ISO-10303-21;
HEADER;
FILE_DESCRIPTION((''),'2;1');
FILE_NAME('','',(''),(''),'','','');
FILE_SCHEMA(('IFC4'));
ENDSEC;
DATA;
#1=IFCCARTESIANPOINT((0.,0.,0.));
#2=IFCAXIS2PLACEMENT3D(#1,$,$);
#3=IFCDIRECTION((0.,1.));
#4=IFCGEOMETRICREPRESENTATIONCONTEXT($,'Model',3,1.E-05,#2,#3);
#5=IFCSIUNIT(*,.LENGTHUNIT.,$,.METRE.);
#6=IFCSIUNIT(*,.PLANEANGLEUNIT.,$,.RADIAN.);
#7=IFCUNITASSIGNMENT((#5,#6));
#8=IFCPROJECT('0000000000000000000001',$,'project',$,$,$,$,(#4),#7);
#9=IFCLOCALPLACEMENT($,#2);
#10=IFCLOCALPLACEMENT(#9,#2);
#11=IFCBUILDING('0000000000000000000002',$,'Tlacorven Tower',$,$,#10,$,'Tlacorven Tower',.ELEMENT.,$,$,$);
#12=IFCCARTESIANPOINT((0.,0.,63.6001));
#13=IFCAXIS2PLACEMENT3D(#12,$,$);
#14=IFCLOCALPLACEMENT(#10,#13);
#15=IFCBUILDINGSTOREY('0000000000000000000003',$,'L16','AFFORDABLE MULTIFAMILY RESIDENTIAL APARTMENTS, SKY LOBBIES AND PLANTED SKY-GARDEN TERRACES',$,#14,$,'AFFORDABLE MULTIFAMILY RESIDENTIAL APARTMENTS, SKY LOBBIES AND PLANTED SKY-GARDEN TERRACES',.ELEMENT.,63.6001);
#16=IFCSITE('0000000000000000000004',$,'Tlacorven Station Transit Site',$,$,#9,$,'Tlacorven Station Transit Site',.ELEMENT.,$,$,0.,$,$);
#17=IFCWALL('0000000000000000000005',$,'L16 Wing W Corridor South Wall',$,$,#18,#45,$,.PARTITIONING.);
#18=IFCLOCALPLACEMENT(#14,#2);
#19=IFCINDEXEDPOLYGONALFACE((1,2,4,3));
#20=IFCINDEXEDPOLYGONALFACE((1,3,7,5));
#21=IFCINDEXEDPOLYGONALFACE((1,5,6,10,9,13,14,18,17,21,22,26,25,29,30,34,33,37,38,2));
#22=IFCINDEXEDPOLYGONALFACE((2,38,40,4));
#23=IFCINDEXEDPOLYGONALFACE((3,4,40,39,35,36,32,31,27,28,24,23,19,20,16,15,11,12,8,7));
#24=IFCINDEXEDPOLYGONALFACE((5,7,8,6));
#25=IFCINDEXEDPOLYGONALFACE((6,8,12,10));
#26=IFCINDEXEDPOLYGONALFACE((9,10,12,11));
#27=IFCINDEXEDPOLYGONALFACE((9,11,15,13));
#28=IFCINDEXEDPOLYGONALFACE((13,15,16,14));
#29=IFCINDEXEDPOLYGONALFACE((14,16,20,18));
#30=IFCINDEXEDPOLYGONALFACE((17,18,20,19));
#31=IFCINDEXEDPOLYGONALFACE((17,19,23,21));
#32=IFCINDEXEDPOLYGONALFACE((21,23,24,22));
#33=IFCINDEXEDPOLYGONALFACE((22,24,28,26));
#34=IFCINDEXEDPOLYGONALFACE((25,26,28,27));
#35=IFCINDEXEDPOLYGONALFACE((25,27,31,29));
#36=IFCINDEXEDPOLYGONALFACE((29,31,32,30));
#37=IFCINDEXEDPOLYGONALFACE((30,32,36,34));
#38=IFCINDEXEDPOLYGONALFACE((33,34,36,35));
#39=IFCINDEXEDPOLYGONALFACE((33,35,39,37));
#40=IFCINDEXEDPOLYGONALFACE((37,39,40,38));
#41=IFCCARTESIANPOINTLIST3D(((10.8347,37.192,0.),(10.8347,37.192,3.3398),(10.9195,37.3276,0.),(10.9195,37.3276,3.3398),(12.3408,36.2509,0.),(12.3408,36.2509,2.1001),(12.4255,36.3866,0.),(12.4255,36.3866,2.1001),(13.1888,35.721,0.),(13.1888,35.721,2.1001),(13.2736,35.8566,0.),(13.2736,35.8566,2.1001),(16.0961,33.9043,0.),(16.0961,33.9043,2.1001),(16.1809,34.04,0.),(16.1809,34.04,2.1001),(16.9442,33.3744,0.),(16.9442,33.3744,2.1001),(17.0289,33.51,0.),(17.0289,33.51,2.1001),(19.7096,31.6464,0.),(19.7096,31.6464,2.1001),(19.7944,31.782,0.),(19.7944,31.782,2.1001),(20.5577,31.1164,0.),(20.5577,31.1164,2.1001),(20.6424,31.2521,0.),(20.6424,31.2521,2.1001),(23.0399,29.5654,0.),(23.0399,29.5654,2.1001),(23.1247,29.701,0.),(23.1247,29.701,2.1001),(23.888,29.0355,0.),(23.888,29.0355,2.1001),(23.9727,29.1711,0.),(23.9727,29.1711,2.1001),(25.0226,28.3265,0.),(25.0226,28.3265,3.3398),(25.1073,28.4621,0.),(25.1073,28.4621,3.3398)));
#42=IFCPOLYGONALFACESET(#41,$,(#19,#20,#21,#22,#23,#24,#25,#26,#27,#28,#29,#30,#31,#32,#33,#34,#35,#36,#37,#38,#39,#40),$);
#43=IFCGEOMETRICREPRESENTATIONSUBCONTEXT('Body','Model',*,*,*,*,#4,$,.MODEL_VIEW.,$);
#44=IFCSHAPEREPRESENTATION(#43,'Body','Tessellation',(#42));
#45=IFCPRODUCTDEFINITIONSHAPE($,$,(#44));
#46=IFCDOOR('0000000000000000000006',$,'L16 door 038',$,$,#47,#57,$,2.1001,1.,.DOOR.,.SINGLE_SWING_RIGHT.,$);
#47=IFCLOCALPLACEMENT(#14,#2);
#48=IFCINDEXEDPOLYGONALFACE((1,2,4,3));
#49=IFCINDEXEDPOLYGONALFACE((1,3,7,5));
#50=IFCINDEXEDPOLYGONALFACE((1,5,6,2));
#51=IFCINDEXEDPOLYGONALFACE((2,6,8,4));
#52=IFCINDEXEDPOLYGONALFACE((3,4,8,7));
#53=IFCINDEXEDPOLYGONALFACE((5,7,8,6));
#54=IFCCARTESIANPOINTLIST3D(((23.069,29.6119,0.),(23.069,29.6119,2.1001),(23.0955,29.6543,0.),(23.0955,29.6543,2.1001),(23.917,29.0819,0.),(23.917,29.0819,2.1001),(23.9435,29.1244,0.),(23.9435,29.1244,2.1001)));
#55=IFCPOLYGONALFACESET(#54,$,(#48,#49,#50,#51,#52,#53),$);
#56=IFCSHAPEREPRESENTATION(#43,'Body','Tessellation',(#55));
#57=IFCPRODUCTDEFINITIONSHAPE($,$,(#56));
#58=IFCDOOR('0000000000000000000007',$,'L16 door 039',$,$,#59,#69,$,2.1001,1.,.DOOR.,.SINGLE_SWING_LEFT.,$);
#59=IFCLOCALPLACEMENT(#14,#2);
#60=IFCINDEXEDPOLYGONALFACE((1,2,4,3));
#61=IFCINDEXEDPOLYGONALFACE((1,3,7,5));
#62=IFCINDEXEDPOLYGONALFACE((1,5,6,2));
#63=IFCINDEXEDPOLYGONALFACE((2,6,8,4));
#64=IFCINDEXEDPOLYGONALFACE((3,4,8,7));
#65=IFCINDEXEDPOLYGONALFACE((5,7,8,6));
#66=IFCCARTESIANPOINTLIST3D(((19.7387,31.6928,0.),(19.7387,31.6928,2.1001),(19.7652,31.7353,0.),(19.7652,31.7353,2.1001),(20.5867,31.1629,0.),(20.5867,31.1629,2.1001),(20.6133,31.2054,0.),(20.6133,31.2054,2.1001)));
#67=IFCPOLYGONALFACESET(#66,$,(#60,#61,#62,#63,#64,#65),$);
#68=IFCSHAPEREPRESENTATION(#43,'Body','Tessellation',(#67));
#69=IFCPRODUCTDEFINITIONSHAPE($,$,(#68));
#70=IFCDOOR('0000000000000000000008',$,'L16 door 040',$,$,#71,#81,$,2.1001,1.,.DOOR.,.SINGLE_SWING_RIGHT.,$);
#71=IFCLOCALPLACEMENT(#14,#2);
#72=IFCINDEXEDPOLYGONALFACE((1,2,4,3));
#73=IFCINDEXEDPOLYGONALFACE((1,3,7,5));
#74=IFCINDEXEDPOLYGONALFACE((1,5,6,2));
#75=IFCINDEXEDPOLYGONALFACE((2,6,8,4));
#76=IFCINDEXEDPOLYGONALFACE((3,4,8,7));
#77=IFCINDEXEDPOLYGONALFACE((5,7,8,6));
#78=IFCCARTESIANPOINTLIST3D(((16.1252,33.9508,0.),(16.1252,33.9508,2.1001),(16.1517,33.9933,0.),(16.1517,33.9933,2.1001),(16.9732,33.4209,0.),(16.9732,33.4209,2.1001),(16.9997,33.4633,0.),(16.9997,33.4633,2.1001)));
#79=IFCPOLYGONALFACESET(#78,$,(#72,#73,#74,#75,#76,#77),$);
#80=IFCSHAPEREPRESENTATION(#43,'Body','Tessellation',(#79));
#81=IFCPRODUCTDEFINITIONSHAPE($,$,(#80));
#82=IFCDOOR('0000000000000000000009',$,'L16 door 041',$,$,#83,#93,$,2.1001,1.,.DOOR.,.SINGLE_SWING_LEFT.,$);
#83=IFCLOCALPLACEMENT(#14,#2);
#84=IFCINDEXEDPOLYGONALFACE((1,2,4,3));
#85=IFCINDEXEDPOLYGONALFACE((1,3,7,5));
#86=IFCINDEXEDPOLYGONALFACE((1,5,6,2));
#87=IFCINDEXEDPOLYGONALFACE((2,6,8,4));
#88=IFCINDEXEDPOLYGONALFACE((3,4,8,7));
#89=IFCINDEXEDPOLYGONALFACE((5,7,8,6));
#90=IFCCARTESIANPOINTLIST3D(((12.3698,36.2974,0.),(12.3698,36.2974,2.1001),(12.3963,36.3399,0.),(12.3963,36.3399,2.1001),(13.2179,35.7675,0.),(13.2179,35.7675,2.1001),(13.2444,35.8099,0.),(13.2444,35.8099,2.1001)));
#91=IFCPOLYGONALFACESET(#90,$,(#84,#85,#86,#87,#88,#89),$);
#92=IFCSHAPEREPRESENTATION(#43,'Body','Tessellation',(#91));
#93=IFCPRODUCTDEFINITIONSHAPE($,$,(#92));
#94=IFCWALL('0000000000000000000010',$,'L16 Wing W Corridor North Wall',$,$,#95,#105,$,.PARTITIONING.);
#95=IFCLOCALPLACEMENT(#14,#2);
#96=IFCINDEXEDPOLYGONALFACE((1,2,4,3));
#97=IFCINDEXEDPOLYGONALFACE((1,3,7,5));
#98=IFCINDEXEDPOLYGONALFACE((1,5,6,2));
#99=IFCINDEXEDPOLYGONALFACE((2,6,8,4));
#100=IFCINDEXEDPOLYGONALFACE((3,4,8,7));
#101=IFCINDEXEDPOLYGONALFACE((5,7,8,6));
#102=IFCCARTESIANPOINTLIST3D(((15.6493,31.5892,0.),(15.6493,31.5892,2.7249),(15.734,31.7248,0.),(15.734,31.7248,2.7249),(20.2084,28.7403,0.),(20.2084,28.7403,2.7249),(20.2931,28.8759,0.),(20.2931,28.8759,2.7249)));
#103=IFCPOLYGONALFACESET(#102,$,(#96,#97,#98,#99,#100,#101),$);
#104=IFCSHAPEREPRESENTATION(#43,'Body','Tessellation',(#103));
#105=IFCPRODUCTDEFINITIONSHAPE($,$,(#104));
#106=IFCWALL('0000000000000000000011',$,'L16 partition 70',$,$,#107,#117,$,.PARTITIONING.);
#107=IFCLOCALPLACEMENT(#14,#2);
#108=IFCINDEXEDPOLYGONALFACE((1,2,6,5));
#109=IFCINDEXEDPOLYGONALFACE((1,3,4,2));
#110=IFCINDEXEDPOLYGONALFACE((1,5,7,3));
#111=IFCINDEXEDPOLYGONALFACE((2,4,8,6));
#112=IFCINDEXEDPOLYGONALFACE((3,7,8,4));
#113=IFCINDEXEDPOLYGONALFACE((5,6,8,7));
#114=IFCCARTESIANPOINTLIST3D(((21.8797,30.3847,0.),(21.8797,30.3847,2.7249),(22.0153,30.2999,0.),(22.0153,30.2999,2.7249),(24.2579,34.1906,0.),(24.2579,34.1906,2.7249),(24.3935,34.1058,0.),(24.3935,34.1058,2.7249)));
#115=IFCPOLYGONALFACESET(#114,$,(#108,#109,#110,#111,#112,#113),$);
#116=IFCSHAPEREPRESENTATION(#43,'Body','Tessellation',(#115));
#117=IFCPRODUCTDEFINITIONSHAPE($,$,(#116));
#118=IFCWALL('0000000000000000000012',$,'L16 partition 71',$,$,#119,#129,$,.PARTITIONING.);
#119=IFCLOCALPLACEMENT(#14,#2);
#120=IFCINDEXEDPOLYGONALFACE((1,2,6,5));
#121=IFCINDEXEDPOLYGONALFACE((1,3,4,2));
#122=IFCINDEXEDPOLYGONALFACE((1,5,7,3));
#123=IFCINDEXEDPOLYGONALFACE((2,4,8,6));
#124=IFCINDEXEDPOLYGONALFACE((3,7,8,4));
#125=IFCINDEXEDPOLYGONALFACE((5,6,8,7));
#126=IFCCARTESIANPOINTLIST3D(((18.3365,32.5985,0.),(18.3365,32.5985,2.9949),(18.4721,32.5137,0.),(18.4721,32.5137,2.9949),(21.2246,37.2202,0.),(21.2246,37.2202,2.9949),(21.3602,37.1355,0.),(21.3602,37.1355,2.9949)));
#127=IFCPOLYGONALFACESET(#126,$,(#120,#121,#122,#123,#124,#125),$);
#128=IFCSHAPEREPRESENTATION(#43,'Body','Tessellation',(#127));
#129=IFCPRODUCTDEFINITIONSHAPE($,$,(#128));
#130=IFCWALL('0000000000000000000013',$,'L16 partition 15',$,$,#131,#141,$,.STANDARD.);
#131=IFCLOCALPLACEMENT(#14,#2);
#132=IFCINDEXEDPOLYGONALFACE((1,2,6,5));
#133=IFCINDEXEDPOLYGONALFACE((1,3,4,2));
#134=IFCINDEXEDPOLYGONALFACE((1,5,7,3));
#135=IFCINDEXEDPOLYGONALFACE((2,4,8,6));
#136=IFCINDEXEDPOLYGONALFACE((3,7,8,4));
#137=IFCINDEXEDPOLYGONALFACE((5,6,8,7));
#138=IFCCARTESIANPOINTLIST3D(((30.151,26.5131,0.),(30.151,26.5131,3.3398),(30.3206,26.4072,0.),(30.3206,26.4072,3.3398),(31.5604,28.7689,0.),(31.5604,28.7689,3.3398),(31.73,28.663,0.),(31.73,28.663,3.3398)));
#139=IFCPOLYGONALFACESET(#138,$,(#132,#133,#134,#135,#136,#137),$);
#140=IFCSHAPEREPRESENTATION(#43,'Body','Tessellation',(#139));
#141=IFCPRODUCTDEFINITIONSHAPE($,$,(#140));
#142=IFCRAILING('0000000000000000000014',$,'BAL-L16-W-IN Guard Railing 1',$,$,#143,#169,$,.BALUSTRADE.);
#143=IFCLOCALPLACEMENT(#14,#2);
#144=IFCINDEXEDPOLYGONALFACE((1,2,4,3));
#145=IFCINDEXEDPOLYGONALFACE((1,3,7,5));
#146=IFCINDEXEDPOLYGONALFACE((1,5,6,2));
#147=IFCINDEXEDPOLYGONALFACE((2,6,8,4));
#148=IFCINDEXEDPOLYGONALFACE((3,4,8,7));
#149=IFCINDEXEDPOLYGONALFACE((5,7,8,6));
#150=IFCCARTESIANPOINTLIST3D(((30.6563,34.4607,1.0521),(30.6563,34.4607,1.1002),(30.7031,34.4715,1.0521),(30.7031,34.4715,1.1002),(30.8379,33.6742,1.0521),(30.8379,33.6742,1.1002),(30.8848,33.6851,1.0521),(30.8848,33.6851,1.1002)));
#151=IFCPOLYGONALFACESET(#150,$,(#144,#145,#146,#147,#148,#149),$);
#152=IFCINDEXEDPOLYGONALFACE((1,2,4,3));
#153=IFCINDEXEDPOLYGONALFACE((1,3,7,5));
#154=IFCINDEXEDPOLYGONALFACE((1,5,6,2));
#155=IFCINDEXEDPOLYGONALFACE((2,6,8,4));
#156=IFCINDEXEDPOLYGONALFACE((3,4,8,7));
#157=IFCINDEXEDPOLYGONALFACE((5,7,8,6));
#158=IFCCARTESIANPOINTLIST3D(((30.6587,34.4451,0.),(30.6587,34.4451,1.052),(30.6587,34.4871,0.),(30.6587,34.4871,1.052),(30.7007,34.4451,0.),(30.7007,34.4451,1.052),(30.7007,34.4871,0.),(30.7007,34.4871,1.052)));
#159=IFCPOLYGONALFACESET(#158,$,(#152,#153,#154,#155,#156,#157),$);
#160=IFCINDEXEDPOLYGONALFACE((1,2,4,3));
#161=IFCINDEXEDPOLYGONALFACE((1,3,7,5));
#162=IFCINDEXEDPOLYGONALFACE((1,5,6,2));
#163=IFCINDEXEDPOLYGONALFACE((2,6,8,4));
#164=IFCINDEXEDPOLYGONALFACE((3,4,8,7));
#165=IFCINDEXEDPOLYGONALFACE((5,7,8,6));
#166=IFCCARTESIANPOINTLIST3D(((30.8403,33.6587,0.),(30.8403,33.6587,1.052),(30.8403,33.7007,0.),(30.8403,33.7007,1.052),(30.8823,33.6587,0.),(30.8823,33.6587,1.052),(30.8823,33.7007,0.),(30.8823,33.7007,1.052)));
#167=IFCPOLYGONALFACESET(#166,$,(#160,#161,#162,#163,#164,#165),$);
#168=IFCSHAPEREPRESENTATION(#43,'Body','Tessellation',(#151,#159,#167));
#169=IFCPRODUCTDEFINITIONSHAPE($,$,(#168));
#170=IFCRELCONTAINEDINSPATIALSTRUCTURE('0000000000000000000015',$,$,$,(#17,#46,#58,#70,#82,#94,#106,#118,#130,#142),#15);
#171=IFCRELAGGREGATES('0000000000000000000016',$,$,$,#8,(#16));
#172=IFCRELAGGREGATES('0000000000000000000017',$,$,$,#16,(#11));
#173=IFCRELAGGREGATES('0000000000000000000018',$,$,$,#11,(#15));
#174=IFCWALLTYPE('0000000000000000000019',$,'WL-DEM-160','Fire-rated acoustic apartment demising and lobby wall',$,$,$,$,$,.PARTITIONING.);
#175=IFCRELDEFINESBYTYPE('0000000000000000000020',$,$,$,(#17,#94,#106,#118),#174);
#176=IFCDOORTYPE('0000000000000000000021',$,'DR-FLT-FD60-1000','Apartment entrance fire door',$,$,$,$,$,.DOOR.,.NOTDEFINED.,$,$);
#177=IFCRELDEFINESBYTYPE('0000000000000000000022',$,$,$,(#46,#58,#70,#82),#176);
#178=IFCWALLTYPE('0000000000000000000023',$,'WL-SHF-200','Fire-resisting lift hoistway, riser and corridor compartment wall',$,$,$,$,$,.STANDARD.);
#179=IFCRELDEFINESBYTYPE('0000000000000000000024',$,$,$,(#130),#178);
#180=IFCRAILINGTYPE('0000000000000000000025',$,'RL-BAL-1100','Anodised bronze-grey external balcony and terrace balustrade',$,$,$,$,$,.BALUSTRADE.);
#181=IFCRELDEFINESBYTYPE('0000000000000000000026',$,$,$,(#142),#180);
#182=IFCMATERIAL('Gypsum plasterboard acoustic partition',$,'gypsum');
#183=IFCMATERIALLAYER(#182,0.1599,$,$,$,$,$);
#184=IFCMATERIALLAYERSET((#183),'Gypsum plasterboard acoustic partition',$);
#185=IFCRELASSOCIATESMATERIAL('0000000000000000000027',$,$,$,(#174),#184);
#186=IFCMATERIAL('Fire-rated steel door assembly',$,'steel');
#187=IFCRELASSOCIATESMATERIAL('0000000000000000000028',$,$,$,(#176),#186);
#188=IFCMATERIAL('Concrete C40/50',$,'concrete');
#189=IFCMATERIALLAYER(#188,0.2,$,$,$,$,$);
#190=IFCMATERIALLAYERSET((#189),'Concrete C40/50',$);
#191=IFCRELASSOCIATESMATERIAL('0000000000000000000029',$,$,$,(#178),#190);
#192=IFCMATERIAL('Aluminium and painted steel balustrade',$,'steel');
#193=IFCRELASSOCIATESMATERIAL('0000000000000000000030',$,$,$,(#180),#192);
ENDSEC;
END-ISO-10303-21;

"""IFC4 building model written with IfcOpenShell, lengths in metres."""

from ifc_helpers import new_model, si_unit, direction, frame, frame_2d, origin, origin_2d, place, context, subcontext, project, spatial, rectangle, extrude, source, transform, mapped, material, layer, layer_set, type_object, element, fill, save


model = new_model("IFC4")

# Units and contexts
model_context = context("Model", 3, precision=1e-05, world=origin(), true_north=direction((0.0, 1.0)))
body_context = subcontext(model_context, "Body", "Model", "MODEL_VIEW")
ifc_project = project(units=[si_unit("LENGTHUNIT", "METRE"), si_unit("PLANEANGLEUNIT", "RADIAN")], contexts=[model_context])

# Site, building, storey
site_placement = place(None, origin())
site = spatial("IfcSite", under=ifc_project, at=site_placement, Name="Tlacorven Station Transit Site", LongName="Tlacorven Station Transit Site", CompositionType="ELEMENT", RefElevation=0.0)
building_placement = place(site_placement, origin())
building = spatial("IfcBuilding", under=site, at=building_placement, Name="Tlacorven Tower", LongName="Tlacorven Tower", CompositionType="ELEMENT")
storey_placement = place(building_placement, frame((0.0, 0.0, 63.6001)))
storey = spatial("IfcBuildingStorey", under=building, at=storey_placement, Name="L16", Description="AFFORDABLE MULTIFAMILY RESIDENTIAL APARTMENTS, SKY LOBBIES AND PLANTED SKY-GARDEN TERRACES", LongName="AFFORDABLE MULTIFAMILY RESIDENTIAL APARTMENTS, SKY LOBBIES AND PLANTED SKY-GARDEN TERRACES", CompositionType="ELEMENT", Elevation=63.6001)

# Shared definitions
ifc_material_1 = material(Name="Gypsum plasterboard acoustic partition", Category="gypsum")
ifc_layer_1 = layer(ifc_material_1, 0.1599)
ifc_layer_set_1 = layer_set([ifc_layer_1], Name="Gypsum plasterboard acoustic partition")
wall_type_1 = type_object("IfcWallType", Name="WL-DEM-160", Description="Fire-rated acoustic apartment demising and lobby wall", PredefinedType="PARTITIONING", material=ifc_layer_set_1)

# Wall, openings, doors
wall_1_placement = place(storey_placement, frame((25.0649, 28.3943, 0.0), z_axis=(0.0, 0.0, 1.0), x_axis=(-0.848048, 0.529919, 0.0)))
wall_1 = element("IfcWall", 1, at=wall_1_placement, inside=storey, type_object=wall_type_1, Name="L16 Wing W Corridor South Wall", PredefinedType="PARTITIONING", context=body_context, shape_type="SweptSolid", body=[
    extrude(rectangle(XDim=16.73, YDim=0.1599, at=frame_2d((8.365, 0.0))), origin(), (0.0, 0.0, 1.0), 3.3398),
])
opening_1_placement = place(wall_1_placement, frame((1.3379, 0.0, 0.0)))
opening_1 = element("IfcOpeningElement", 2, at=opening_1_placement, cuts=wall_1, PredefinedType="OPENING", context=body_context, shape_type="SweptSolid", body=[
    extrude(rectangle(XDim=1.0, YDim=2.1001, at=frame_2d((0.5, 1.05))), frame((0.0, 0.0898, 0.0), z_axis=(0.0, -1.0, 0.0), x_axis=(1.0, 0.0, 0.0)), (0.0, 0.0, 1.0), 0.1799),
])
opening_2_placement = place(wall_1_placement, frame((5.2649, 0.0, 0.0)))
opening_2 = element("IfcOpeningElement", 3, at=opening_2_placement, cuts=wall_1, PredefinedType="OPENING", context=body_context, shape_type="SweptSolid", body=[
    extrude(rectangle(XDim=1.0, YDim=2.1001, at=frame_2d((0.5, 1.05))), frame((0.0, 0.0898, 0.0), z_axis=(0.0, -1.0, 0.0), x_axis=(1.0, 0.0, 0.0)), (0.0, 0.0, 1.0), 0.1799),
])
opening_3_placement = place(wall_1_placement, frame((9.5259, 0.0, 0.0)))
opening_3 = element("IfcOpeningElement", 4, at=opening_3_placement, cuts=wall_1, PredefinedType="OPENING", context=body_context, shape_type="SweptSolid", body=[
    extrude(rectangle(XDim=1.0, YDim=2.1001, at=frame_2d((0.5, 1.05))), frame((0.0, 0.0898, 0.0), z_axis=(0.0, -1.0, 0.0), x_axis=(1.0, 0.0, 0.0)), (0.0, 0.0, 1.0), 0.1799),
])
opening_4_placement = place(wall_1_placement, frame((13.9541, 0.0, 0.0)))
opening_4 = element("IfcOpeningElement", 5, at=opening_4_placement, cuts=wall_1, PredefinedType="OPENING", context=body_context, shape_type="SweptSolid", body=[
    extrude(rectangle(XDim=1.0, YDim=2.1001, at=frame_2d((0.5, 1.05))), frame((0.0, 0.0898, 0.0), z_axis=(0.0, -1.0, 0.0), x_axis=(1.0, 0.0, 0.0)), (0.0, 0.0, 1.0), 0.1799),
])
ifc_material_2 = material(Name="Fire-rated steel door assembly", Category="steel")
door_type = type_object("IfcDoorType", Name="DR-FLT-FD60-1000", Description="Apartment entrance fire door", OperationType="NOTDEFINED", PredefinedType="DOOR", material=ifc_material_2)
shared_shape_1 = source(origin(), body_context, "Body", "SweptSolid", [
    extrude(rectangle(XDim=1.0, YDim=2.1001, at=frame_2d((0.5, 1.05))), frame((0.0, 0.0249, 0.0), z_axis=(0.0, -1.0, 0.0), x_axis=(1.0, 0.0, 0.0)), (0.0, 0.0, 1.0), 0.05),
])
door_1_placement = place(opening_1_placement, frame((1.0, 0.0, 0.0), z_axis=(0.0, 0.0, 1.0), x_axis=(-1.0, 0.0, 0.0)))
door_1 = element("IfcDoor", 6, at=door_1_placement, inside=storey, type_object=door_type, Name="L16 door 038", OperationType="SINGLE_SWING_RIGHT", OverallHeight=2.1001, OverallWidth=1.0, PredefinedType="DOOR", context=body_context, shape_type="MappedRepresentation", body=[
    mapped(shared_shape_1, transform((0.0, 0.0, 0.0), scale=1.0)),
])
fill(opening_1, door_1)
door_2_placement = place(opening_2_placement, frame((1.0, 0.0, 0.0), z_axis=(0.0, 0.0, 1.0), x_axis=(-1.0, 0.0, 0.0)))
door_2 = element("IfcDoor", 7, at=door_2_placement, inside=storey, type_object=door_type, Name="L16 door 039", OperationType="SINGLE_SWING_LEFT", OverallHeight=2.1001, OverallWidth=1.0, PredefinedType="DOOR", context=body_context, shape_type="MappedRepresentation", body=[
    mapped(shared_shape_1, transform((0.0, 0.0, 0.0), scale=1.0)),
])
fill(opening_2, door_2)
door_3_placement = place(opening_3_placement, frame((1.0, 0.0, 0.0), z_axis=(0.0, 0.0, 1.0), x_axis=(-1.0, 0.0, 0.0)))
door_3 = element("IfcDoor", 8, at=door_3_placement, inside=storey, type_object=door_type, Name="L16 door 040", OperationType="SINGLE_SWING_RIGHT", OverallHeight=2.1001, OverallWidth=1.0, PredefinedType="DOOR", context=body_context, shape_type="MappedRepresentation", body=[
    mapped(shared_shape_1, transform((0.0, 0.0, 0.0), scale=1.0)),
])
fill(opening_3, door_3)
door_4_placement = place(opening_4_placement, frame((1.0, 0.0, 0.0), z_axis=(0.0, 0.0, 1.0), x_axis=(-1.0, 0.0, 0.0)))
door_4 = element("IfcDoor", 9, at=door_4_placement, inside=storey, type_object=door_type, Name="L16 door 041", OperationType="SINGLE_SWING_LEFT", OverallHeight=2.1001, OverallWidth=1.0, PredefinedType="DOOR", context=body_context, shape_type="MappedRepresentation", body=[
    mapped(shared_shape_1, transform((0.0, 0.0, 0.0), scale=1.0)),
])
fill(opening_4, door_4)

# Walls
wall_2_placement = place(storey_placement, frame((20.2507, 28.8081, 0.0), z_axis=(0.0, 0.0, 1.0), x_axis=(-0.848044, 0.529925, 0.0)))
element("IfcWall", 10, at=wall_2_placement, inside=storey, type_object=wall_type_1, Name="L16 Wing W Corridor North Wall", PredefinedType="PARTITIONING", context=body_context, shape_type="SweptSolid", body=[
    extrude(rectangle(XDim=5.376, YDim=0.1599, at=frame_2d((2.688, 0.0))), origin(), (0.0, 0.0, 1.0), 2.7249),
])
wall_3_placement = place(storey_placement, frame((24.3257, 34.1482, 0.0), z_axis=(0.0, 0.0, 1.0), x_axis=(-0.529916, -0.84805, 0.0)))
element("IfcWall", 11, at=wall_3_placement, inside=storey, type_object=wall_type_1, Name="L16 partition 70", PredefinedType="PARTITIONING", context=body_context, shape_type="SweptSolid", body=[
    extrude(rectangle(XDim=4.4878, YDim=0.1599, at=frame_2d((2.2439, 0.0))), origin(), (0.0, 0.0, 1.0), 2.7249),
])
wall_4_placement = place(storey_placement, frame((21.2925, 37.178, 0.0), z_axis=(0.0, 0.0, 1.0), x_axis=(-0.529939, -0.848036, 0.0)))
element("IfcWall", 12, at=wall_4_placement, inside=storey, type_object=wall_type_1, Name="L16 partition 71", PredefinedType="PARTITIONING", context=body_context, shape_type="SweptSolid", body=[
    extrude(rectangle(XDim=5.45, YDim=0.1599, at=frame_2d((2.7251, 0.0))), origin(), (0.0, 0.0, 1.0), 2.9949),
])
ifc_material_3 = material(Name="Concrete C40/50", Category="concrete")
ifc_layer_2 = layer(ifc_material_3, 0.2)
ifc_layer_set_2 = layer_set([ifc_layer_2], Name="Concrete C40/50")
wall_type_2 = type_object("IfcWallType", Name="WL-SHF-200", Description="Fire-resisting lift hoistway, riser and corridor compartment wall", PredefinedType="STANDARD", material=ifc_layer_set_2)
wall_5_placement = place(storey_placement, frame((31.6453, 28.7161, 0.0), z_axis=(0.0, 0.0, 1.0), x_axis=(-0.529867, -0.848081, 0.0)))
element("IfcWall", 13, at=wall_5_placement, inside=storey, type_object=wall_type_2, Name="L16 partition 15", PredefinedType="STANDARD", context=body_context, shape_type="SweptSolid", body=[
    extrude(rectangle(XDim=2.6599, YDim=0.2, at=frame_2d((1.3301, 0.0))), origin(), (0.0, 0.0, 1.0), 3.3398),
])

# Railing
ifc_material_4 = material(Name="Aluminium and painted steel balustrade", Category="steel")
railing_type = type_object("IfcRailingType", Name="RL-BAL-1100", Description="Anodised bronze-grey external balcony and terrace balustrade", PredefinedType="BALUSTRADE", material=ifc_material_4)
shared_shape_2 = source(origin(), body_context, "Body", "SweptSolid", [
    extrude(rectangle(XDim=0.0481, YDim=0.0481, at=origin_2d()), frame((0.0, 0.0, 1.0762), z_axis=(0.225058, -0.974345, 0.0), x_axis=(0.974345, 0.225058, 0.0)), (0.0, 0.0, 1.0), 0.8071),
    extrude(rectangle(XDim=0.042, YDim=0.042, at=origin_2d()), origin(), (0.0, 0.0, 1.0), 1.052),
    extrude(rectangle(XDim=0.042, YDim=0.042, at=origin_2d()), frame((0.1816, -0.7864, 0.0)), (0.0, 0.0, 1.0), 1.052),
])
railing_1_placement = place(storey_placement, frame((30.6797, 34.4661, 0.0)))
element("IfcRailing", 14, at=railing_1_placement, inside=storey, type_object=railing_type, Name="BAL-L16-W-IN Guard Railing 1", PredefinedType="BALUSTRADE", context=body_context, shape_type="MappedRepresentation", body=[
    mapped(shared_shape_2, transform((0.0, 0.0, 0.0), scale=1.0)),
])

save(model, "model.ifc")
